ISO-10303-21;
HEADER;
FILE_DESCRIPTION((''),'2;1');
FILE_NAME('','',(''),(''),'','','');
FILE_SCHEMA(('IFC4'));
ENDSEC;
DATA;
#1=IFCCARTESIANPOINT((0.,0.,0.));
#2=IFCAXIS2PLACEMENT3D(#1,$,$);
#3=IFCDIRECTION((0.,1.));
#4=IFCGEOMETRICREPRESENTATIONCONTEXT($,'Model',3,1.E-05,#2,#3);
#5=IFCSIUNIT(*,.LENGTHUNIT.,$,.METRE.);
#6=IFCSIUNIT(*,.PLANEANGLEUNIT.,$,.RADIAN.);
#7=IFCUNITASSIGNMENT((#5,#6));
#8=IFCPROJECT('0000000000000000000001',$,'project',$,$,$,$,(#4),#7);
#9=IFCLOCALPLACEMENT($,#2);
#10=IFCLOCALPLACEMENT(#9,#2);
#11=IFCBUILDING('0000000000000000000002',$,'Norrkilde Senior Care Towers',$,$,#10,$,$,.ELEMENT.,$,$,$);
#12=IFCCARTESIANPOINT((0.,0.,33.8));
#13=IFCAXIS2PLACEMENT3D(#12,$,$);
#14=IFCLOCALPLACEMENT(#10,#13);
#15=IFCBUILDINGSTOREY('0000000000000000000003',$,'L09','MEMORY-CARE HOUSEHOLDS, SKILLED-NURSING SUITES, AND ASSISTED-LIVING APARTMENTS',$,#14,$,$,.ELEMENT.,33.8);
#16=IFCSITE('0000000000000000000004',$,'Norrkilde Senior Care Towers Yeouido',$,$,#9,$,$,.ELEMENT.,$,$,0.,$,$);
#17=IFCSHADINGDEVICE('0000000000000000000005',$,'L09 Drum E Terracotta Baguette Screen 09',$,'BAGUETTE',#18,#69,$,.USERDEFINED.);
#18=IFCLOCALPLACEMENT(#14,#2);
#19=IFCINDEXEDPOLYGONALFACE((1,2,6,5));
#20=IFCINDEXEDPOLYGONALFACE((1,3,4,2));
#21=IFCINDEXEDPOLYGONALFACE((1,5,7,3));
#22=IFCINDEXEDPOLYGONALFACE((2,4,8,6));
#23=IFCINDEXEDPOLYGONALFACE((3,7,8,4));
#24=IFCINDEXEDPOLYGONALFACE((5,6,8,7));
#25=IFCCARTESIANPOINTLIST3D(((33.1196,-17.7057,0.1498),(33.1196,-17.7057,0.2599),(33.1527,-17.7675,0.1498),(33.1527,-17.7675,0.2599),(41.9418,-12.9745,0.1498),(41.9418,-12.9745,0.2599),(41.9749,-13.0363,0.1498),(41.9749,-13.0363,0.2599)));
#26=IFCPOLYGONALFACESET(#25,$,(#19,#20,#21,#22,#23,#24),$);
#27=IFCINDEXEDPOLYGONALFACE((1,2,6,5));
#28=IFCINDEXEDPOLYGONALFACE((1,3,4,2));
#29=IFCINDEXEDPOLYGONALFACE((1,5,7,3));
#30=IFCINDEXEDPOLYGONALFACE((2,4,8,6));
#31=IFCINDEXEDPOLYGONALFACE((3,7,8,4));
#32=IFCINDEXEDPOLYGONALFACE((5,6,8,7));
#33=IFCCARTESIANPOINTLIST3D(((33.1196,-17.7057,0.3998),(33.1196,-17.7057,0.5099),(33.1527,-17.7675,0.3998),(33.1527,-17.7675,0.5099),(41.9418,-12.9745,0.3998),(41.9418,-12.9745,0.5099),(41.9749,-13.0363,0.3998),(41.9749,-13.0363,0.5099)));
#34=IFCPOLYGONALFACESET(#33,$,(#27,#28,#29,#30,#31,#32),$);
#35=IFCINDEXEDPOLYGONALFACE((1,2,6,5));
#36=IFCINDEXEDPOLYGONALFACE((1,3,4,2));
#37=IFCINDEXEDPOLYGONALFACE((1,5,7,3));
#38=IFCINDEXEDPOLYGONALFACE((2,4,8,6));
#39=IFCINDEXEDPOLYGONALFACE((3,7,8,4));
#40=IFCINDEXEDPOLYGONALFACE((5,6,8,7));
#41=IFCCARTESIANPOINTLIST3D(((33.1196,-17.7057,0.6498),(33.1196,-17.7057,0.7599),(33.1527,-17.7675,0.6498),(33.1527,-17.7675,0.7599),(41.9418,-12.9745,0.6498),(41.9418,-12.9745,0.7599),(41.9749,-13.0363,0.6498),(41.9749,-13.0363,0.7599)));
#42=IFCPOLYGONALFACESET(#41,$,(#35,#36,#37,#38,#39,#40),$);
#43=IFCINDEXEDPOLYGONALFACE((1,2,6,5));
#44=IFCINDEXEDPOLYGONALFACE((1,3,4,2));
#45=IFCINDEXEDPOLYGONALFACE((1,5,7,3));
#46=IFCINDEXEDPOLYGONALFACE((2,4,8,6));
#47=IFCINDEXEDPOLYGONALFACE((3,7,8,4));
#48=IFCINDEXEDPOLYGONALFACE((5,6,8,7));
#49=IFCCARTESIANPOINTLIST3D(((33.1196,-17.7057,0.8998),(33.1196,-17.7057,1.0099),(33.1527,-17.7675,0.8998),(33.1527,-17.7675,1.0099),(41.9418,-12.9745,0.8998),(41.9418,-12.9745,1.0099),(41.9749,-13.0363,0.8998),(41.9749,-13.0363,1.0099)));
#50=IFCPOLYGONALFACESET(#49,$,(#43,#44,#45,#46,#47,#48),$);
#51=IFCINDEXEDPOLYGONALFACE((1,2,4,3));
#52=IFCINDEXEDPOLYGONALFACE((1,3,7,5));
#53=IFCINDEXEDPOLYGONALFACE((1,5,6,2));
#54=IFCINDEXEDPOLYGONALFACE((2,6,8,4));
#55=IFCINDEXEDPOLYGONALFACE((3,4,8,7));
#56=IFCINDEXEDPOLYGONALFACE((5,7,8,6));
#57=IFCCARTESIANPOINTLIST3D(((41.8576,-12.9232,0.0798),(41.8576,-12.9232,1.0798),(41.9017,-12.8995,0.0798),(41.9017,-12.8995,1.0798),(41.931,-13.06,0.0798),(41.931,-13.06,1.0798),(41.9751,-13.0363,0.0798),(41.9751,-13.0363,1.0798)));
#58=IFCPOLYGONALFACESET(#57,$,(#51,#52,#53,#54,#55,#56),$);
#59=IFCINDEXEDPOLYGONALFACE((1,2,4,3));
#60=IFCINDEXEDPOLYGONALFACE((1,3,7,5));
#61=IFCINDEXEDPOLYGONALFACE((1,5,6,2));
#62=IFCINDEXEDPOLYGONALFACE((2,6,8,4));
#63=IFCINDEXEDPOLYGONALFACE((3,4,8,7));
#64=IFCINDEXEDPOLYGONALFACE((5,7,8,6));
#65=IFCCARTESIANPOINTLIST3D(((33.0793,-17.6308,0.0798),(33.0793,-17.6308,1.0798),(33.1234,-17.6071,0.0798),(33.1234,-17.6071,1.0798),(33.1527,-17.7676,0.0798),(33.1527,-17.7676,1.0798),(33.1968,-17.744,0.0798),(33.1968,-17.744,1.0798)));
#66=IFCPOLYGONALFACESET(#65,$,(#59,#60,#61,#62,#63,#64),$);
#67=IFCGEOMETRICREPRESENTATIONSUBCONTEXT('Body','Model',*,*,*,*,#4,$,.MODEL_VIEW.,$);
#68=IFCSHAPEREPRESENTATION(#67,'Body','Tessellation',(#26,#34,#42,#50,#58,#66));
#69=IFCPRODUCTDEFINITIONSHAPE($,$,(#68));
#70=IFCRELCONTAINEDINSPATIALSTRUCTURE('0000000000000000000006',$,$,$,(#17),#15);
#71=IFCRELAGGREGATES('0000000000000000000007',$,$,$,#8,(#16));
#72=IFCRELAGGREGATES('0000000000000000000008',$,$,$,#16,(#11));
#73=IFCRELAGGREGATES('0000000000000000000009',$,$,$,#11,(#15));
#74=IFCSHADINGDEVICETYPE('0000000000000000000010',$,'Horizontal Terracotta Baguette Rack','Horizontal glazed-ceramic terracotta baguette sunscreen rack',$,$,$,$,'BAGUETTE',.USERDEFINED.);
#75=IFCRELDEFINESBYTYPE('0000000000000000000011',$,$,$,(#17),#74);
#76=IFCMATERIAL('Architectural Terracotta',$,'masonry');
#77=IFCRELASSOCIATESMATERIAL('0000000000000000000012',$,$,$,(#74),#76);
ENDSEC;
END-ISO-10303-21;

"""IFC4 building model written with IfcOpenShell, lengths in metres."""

from ifc_helpers import new_model, si_unit, direction, frame, origin, origin_2d, place, context, subcontext, project, spatial, rectangle, extrude, source, transform, mapped, material, type_object, type_shapes, element, save


model = new_model("IFC4")

# Units and contexts
model_context = context("Model", 3, precision=1e-05, world=origin(), true_north=direction((0.0, 1.0)))
body_context = subcontext(model_context, "Body", "Model", "MODEL_VIEW")
ifc_project = project(units=[si_unit("LENGTHUNIT", "METRE"), si_unit("PLANEANGLEUNIT", "RADIAN")], contexts=[model_context])

# Site, building, storey
site_placement = place(None, origin())
site = spatial("IfcSite", under=ifc_project, at=site_placement, Name="Norrkilde Senior Care Towers Yeouido", CompositionType="ELEMENT", RefElevation=0.0)
building_placement = place(site_placement, origin())
building = spatial("IfcBuilding", under=site, at=building_placement, Name="Norrkilde Senior Care Towers", CompositionType="ELEMENT")
storey_placement = place(building_placement, frame((0.0, 0.0, 33.8)))
storey = spatial("IfcBuildingStorey", under=building, at=storey_placement, Name="L09", Description="MEMORY-CARE HOUSEHOLDS, SKILLED-NURSING SUITES, AND ASSISTED-LIVING APARTMENTS", CompositionType="ELEMENT", Elevation=33.8)

# Shading device
ifc_material_1 = material(Name="Architectural Terracotta", Category="masonry")
shading_device_type = type_object("IfcShadingDeviceType", Name="Horizontal Terracotta Baguette Rack", Description="Horizontal glazed-ceramic terracotta baguette sunscreen rack", ElementType="BAGUETTE", PredefinedType="USERDEFINED", material=ifc_material_1)
shared_shape_1 = source(origin(), body_context, "Body", "SweptSolid", [
    extrude(rectangle(XDim=0.0701, YDim=0.1101, at=origin_2d()), frame((0.0, 0.0901, 0.125), z_axis=(1.0, 0.0, 0.0), x_axis=(0.0, 1.0, 0.0)), (0.0, 0.0, 1.0), 10.0107),
    extrude(rectangle(XDim=0.0701, YDim=0.1101, at=origin_2d()), frame((0.0, 0.0901, 0.375), z_axis=(1.0, 0.0, 0.0), x_axis=(0.0, 1.0, 0.0)), (0.0, 0.0, 1.0), 10.0107),
    extrude(rectangle(XDim=0.0701, YDim=0.1101, at=origin_2d()), frame((0.0, 0.0901, 0.625), z_axis=(1.0, 0.0, 0.0), x_axis=(0.0, 1.0, 0.0)), (0.0, 0.0, 1.0), 10.0107),
    extrude(rectangle(XDim=0.0701, YDim=0.1101, at=origin_2d()), frame((0.0, 0.0901, 0.875), z_axis=(1.0, 0.0, 0.0), x_axis=(0.0, 1.0, 0.0)), (0.0, 0.0, 1.0), 10.0107),
    extrude(rectangle(XDim=0.05, YDim=0.1553, at=origin_2d()), frame((0.0249, 0.0476, 0.0)), (0.0, 0.0, 1.0), 1.0),
    extrude(rectangle(XDim=0.05, YDim=0.1553, at=origin_2d()), frame((9.9858, 0.0476, 0.0)), (0.0, 0.0, 1.0), 1.0),
])
type_shapes(shading_device_type, [shared_shape_1])
shading_device_placement = place(storey_placement, frame((41.9158, -12.926, 0.0798), z_axis=(0.0, 0.0, 1.0), x_axis=(-0.88128, -0.472612, 0.0)))
element("IfcShadingDevice", 1, at=shading_device_placement, inside=storey, type_object=shading_device_type, Name="L09 Drum E Terracotta Baguette Screen 09", ObjectType="BAGUETTE", PredefinedType="USERDEFINED", context=body_context, shape_type="MappedRepresentation", body=[
    mapped(shared_shape_1, transform((0.0, 0.0, 0.0), x_axis=(1.0, 0.0, 0.0), y_axis=(0.0, 1.0, 0.0), z_axis=(0.0, 0.0, 1.0), scale=1.0)),
])

save(model, "model.ifc")
